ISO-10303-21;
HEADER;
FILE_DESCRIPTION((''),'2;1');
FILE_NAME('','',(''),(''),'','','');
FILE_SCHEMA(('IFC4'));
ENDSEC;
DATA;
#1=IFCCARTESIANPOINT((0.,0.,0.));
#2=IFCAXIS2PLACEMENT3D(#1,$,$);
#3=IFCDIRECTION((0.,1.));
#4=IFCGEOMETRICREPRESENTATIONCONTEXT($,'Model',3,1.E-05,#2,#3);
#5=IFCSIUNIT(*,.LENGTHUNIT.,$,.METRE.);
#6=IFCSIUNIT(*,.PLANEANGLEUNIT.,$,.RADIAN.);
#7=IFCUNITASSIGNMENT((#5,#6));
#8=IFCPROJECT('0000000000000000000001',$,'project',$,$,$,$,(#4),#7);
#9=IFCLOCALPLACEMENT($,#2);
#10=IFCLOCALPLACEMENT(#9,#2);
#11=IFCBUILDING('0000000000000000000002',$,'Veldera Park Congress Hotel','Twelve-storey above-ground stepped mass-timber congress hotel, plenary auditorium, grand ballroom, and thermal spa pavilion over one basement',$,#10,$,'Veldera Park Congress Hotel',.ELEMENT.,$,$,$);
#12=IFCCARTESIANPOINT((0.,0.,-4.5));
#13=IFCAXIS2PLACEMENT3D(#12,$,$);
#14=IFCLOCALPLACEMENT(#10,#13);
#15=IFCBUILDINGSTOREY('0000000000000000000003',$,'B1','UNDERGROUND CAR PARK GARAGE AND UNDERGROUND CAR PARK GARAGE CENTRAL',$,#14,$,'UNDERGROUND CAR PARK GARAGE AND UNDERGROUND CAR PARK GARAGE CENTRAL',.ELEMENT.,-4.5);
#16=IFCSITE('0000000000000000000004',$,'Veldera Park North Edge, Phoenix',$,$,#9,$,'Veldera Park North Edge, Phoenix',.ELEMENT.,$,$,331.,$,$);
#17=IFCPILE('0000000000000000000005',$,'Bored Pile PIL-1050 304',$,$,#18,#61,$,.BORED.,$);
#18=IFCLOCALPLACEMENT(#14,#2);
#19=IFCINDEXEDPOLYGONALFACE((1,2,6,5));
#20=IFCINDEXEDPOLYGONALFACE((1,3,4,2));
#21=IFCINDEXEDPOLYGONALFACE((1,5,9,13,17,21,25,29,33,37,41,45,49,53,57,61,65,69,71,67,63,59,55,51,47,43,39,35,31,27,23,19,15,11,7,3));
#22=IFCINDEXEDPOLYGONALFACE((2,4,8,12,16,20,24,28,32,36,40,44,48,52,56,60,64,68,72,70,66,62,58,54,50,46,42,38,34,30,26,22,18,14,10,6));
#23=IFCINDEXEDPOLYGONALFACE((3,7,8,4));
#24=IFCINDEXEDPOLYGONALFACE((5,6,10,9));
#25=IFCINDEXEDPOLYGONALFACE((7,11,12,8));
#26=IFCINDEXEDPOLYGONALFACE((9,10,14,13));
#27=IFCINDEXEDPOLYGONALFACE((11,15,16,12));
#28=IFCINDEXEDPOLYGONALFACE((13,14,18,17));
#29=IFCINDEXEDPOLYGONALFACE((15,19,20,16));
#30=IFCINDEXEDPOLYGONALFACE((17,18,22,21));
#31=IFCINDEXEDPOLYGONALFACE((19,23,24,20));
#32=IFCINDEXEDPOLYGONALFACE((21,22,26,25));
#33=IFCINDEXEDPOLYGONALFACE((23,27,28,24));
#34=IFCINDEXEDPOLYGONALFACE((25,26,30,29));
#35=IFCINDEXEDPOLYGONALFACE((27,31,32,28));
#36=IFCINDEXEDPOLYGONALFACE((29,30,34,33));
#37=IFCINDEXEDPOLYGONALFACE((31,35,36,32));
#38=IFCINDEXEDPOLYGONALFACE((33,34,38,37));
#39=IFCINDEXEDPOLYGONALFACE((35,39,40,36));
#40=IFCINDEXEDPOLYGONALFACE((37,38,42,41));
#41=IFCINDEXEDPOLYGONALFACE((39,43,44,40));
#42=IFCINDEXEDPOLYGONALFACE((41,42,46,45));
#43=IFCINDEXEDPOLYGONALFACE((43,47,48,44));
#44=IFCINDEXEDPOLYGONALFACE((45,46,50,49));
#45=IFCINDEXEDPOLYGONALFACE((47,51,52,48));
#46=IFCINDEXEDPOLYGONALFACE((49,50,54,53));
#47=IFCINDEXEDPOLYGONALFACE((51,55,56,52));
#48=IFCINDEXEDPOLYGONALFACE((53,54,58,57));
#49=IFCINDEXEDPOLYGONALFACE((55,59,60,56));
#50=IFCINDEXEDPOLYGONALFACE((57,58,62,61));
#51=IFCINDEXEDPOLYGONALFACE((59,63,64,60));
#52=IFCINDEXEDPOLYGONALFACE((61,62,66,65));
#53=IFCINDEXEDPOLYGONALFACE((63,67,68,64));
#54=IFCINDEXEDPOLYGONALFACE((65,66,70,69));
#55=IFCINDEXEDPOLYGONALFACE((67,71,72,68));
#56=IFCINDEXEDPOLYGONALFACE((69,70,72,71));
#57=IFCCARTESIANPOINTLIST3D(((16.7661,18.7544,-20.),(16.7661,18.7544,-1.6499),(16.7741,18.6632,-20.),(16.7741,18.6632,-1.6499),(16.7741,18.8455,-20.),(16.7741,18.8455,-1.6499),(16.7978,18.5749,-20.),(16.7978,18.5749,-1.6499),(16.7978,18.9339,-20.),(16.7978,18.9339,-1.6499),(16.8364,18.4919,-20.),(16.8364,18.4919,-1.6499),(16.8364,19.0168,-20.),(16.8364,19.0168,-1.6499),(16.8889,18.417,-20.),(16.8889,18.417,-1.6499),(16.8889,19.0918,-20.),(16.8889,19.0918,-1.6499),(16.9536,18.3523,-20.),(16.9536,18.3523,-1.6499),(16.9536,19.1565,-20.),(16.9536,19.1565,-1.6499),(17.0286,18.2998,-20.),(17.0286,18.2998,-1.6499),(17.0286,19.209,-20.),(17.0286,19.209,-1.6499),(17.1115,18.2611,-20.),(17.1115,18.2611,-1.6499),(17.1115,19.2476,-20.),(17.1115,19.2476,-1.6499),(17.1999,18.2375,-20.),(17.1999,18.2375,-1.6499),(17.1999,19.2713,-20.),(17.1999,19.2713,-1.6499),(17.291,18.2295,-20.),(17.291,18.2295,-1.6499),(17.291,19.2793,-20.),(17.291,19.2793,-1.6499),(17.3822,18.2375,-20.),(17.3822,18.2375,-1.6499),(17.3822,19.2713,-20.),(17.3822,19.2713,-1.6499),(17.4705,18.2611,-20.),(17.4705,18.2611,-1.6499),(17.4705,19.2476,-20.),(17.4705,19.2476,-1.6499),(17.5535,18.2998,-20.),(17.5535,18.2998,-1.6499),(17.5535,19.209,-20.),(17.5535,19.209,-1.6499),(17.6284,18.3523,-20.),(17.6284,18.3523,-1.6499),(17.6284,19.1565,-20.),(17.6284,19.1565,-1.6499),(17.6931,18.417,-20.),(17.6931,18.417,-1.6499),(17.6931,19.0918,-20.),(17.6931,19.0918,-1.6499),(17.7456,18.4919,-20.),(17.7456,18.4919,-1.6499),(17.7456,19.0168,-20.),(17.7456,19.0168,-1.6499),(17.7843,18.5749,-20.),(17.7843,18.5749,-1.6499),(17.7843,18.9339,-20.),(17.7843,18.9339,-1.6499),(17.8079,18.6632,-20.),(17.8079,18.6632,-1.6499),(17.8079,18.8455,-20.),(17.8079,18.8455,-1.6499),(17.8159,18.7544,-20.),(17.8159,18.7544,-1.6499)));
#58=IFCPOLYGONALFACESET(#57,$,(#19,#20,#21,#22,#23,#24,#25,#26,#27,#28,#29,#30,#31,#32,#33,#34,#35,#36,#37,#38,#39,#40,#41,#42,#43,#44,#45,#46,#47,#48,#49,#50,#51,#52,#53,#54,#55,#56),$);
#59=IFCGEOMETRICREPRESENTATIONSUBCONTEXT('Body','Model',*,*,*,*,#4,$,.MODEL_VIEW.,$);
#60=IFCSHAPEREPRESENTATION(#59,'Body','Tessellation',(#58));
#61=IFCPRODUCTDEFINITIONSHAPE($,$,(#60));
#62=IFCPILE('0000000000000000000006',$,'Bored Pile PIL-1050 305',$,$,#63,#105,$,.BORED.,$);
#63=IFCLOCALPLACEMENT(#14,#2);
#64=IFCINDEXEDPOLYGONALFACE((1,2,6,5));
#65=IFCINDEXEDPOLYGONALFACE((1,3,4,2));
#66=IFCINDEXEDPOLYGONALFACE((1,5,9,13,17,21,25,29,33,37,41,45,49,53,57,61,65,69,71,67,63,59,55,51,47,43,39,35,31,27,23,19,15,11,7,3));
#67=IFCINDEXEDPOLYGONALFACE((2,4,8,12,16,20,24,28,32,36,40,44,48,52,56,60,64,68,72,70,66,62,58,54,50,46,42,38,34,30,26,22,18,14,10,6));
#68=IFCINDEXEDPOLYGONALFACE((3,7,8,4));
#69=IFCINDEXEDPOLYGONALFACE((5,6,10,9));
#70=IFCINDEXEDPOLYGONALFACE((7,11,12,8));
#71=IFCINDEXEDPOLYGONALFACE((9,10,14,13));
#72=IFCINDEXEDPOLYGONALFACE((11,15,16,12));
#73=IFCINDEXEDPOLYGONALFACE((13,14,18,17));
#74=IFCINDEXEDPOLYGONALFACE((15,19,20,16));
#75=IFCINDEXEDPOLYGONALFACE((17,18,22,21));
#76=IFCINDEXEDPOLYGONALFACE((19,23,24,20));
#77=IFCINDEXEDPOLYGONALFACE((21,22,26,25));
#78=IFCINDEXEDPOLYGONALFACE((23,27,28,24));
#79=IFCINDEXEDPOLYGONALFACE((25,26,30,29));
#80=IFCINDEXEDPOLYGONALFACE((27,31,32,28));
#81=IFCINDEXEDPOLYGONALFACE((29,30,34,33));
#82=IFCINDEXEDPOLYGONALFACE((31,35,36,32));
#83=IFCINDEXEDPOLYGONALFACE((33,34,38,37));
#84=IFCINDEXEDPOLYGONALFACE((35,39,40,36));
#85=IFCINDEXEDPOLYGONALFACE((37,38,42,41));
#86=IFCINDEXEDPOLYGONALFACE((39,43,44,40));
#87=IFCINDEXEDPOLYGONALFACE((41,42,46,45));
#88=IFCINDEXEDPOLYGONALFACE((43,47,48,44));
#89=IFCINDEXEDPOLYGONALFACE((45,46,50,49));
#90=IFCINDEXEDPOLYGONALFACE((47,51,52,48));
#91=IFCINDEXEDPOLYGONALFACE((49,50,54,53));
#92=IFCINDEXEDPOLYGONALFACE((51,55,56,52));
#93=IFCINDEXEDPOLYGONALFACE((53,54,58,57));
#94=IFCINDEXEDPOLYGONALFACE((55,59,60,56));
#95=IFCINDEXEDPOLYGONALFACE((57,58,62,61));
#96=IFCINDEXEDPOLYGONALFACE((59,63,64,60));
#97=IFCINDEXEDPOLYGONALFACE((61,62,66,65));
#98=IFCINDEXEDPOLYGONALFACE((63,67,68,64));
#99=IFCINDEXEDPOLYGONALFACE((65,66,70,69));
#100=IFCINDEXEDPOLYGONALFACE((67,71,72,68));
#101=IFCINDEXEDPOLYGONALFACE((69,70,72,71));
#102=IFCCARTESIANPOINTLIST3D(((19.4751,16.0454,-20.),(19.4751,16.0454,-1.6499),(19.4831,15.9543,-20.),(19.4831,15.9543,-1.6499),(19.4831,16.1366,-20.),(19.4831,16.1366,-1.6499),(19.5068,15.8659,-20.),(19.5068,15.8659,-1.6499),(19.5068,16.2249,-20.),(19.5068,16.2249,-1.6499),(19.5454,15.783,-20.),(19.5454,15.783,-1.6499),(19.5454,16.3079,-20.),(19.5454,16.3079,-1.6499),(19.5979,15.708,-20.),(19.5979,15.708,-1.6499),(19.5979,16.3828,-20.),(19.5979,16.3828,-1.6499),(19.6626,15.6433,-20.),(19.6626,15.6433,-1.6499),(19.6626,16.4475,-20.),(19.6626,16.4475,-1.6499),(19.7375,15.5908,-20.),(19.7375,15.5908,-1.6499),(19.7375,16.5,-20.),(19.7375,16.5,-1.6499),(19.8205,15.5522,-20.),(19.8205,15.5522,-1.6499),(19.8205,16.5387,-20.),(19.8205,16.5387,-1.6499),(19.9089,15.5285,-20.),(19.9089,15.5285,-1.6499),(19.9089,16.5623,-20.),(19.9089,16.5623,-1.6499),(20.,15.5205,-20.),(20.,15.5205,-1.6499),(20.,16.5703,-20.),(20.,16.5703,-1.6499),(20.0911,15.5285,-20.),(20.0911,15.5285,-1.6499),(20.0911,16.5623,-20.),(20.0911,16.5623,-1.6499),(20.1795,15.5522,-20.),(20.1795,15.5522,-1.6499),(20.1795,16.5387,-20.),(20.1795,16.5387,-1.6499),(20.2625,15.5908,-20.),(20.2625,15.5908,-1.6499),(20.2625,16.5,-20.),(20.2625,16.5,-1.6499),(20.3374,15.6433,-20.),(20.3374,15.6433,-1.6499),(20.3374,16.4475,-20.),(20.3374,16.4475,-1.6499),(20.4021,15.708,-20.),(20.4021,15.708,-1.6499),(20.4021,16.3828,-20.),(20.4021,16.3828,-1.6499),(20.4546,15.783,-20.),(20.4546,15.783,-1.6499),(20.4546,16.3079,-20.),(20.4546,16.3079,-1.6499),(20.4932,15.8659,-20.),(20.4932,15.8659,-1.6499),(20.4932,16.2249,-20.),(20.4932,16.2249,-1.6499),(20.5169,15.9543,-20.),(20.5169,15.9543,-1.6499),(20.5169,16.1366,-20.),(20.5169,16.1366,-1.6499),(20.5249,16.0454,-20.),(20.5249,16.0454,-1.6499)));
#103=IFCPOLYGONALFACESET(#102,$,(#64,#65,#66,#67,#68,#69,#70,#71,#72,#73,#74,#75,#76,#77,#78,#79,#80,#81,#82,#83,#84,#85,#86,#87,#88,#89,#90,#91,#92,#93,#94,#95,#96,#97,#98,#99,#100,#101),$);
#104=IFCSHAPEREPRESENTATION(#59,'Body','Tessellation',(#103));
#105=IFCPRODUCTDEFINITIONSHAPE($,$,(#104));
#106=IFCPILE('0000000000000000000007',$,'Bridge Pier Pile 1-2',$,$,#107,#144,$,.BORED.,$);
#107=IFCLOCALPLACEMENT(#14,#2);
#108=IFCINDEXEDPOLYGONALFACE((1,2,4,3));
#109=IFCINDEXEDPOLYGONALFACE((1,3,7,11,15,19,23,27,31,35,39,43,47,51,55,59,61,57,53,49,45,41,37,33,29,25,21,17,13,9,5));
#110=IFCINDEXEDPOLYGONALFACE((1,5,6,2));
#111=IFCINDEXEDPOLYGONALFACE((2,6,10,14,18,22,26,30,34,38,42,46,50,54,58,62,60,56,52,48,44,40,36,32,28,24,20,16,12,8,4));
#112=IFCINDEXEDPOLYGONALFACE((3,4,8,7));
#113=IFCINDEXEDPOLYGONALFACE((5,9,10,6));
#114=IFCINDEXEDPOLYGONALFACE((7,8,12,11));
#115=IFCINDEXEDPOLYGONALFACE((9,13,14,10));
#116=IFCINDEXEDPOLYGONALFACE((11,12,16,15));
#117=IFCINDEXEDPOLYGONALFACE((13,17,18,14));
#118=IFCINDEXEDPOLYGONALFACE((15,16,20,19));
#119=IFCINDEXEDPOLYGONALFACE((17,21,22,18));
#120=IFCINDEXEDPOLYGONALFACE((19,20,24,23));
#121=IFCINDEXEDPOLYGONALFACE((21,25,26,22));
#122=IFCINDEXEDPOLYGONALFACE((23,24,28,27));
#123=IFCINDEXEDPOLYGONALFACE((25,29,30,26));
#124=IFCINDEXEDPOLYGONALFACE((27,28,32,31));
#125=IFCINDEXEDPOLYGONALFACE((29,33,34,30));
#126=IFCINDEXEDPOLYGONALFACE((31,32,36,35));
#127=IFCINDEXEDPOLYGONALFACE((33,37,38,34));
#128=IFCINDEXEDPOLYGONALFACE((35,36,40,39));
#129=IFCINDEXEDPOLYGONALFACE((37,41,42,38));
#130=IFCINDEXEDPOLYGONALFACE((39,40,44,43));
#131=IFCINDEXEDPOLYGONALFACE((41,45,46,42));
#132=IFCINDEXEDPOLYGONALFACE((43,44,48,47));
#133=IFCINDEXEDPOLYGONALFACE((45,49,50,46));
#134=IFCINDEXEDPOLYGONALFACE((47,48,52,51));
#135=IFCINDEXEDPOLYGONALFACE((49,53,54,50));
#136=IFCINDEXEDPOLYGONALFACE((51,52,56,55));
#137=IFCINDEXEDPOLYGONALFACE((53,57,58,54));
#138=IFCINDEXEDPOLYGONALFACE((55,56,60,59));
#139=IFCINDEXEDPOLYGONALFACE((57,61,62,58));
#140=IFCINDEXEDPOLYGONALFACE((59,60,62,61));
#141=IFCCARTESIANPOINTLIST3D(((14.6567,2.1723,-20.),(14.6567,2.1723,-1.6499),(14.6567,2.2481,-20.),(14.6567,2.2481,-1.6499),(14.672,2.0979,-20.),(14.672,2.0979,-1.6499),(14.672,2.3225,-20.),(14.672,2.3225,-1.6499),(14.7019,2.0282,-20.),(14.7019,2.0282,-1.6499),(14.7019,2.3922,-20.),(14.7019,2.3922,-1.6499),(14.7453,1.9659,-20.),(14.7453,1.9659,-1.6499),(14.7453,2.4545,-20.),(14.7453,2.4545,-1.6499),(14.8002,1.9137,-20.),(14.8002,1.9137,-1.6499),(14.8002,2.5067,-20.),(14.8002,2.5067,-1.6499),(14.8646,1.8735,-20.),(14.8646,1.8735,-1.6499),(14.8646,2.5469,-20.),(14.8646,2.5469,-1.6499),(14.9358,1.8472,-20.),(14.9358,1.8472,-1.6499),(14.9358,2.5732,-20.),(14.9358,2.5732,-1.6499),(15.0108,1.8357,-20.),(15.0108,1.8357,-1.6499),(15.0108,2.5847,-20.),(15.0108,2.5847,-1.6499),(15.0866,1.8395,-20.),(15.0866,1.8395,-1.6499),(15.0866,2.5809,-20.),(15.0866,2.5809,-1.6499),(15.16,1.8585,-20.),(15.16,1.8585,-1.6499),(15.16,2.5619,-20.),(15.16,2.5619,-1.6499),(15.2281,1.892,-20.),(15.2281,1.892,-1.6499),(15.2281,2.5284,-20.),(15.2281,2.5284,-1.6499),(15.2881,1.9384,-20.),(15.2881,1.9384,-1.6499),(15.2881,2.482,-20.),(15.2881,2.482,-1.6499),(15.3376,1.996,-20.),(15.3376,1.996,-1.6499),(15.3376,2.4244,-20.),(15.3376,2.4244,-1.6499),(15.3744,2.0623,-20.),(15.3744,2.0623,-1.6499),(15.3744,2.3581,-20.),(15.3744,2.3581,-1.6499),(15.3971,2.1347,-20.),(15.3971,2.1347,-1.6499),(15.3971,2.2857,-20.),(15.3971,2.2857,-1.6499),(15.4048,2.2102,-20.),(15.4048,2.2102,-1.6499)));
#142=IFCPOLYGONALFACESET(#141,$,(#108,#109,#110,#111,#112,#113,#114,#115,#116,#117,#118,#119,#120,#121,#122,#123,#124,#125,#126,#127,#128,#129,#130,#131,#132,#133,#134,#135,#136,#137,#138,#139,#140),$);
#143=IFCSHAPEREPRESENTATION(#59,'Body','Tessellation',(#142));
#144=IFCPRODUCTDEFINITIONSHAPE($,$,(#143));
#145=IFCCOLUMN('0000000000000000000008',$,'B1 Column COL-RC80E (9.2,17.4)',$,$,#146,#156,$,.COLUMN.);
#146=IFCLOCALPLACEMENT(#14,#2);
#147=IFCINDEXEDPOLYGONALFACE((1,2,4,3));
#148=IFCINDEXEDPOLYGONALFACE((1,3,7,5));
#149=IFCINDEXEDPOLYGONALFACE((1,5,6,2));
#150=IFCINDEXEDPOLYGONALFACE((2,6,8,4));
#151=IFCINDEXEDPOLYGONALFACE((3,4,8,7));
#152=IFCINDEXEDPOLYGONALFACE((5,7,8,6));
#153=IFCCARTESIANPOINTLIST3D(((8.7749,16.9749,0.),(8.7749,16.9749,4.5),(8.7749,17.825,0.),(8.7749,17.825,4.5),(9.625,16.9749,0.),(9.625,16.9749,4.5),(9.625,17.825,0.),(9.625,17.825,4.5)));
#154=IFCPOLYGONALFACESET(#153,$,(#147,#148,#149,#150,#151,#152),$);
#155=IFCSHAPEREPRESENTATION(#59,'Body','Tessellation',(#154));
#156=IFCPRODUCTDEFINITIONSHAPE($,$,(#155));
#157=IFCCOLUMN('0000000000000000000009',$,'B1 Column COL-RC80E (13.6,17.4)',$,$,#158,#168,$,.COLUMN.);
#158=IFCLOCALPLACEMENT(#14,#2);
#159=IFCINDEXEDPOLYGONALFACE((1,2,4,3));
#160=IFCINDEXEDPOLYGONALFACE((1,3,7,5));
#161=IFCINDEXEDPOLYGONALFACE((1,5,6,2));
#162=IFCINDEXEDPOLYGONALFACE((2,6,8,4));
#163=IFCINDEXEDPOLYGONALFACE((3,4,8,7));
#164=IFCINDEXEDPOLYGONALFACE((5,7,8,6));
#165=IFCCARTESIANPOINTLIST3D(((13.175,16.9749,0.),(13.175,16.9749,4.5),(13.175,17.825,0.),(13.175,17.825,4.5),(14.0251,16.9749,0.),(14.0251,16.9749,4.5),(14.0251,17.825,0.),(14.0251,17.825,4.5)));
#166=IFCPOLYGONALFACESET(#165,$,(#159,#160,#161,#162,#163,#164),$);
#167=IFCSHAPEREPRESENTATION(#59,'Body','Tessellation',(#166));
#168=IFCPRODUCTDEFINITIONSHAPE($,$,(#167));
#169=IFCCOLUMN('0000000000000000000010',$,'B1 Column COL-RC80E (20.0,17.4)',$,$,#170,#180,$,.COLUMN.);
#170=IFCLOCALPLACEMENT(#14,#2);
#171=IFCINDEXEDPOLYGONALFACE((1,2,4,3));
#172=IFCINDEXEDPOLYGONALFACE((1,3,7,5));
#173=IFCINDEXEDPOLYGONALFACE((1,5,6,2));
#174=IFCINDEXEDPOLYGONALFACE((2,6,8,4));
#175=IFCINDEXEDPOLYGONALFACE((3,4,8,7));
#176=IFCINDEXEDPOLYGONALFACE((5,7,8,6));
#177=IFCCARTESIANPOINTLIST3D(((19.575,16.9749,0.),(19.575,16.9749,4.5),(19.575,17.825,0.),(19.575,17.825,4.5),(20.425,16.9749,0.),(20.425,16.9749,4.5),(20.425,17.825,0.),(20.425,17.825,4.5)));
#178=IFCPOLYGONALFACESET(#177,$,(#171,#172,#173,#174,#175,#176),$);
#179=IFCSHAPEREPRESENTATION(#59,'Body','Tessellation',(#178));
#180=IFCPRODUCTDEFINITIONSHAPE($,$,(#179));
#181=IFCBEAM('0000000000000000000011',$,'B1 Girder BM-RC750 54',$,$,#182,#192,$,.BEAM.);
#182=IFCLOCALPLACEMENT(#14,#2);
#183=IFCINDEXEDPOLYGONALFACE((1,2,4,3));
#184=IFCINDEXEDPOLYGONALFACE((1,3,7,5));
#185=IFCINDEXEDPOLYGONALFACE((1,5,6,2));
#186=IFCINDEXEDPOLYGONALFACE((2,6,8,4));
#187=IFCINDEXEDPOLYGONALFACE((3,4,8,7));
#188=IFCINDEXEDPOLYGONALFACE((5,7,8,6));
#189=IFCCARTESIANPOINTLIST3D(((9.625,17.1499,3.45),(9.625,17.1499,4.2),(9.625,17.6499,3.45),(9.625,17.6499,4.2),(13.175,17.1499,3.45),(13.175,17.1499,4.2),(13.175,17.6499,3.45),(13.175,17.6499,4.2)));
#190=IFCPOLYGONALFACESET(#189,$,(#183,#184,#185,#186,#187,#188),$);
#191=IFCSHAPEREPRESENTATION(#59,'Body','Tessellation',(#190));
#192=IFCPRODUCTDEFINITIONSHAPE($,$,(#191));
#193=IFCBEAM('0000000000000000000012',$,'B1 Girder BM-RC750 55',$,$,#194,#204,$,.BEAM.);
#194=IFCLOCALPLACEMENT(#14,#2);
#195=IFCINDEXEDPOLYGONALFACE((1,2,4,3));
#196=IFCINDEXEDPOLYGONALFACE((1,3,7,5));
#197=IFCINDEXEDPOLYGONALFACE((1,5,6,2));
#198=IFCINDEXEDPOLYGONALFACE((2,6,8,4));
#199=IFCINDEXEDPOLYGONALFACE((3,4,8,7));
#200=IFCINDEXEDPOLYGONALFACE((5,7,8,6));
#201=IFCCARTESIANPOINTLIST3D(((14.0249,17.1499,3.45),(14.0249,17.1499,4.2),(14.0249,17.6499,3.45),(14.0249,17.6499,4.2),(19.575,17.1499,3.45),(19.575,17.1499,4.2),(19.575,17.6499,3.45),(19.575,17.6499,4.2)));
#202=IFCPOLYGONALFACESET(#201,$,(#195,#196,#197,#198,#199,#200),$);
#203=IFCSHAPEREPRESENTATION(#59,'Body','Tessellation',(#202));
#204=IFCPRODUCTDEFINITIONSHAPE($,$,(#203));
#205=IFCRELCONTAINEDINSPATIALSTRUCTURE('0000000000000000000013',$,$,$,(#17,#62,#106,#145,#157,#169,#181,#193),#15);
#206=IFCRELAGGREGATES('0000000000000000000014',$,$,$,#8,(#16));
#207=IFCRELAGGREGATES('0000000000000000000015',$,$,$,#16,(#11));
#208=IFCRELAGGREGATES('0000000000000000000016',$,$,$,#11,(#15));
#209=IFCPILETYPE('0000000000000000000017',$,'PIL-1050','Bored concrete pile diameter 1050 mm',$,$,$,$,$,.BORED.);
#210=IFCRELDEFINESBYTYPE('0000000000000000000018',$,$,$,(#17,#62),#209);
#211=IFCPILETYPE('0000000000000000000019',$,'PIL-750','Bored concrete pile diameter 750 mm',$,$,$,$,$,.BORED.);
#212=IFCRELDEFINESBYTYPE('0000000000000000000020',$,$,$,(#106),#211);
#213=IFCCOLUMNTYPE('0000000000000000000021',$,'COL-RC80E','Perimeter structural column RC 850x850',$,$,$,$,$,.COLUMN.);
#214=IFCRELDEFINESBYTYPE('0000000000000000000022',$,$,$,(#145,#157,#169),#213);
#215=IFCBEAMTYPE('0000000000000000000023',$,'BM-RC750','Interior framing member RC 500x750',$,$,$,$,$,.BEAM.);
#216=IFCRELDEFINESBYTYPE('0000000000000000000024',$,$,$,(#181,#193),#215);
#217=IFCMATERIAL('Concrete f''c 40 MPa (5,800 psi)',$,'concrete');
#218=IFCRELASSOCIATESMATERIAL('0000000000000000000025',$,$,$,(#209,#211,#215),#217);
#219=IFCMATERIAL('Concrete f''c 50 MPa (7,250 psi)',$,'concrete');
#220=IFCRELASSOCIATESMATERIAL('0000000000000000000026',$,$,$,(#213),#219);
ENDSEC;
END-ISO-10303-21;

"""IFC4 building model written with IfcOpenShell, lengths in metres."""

from ifc_helpers import new_model, si_unit, direction, frame, origin, origin_2d, place, context, subcontext, project, spatial, rectangle, circle, extrude, material, material_profile, profile_set, type_object, element, save


model = new_model("IFC4")

# Units and contexts
model_context = context("Model", 3, precision=1e-05, world=origin(), true_north=direction((0.0, 1.0)))
body_context = subcontext(model_context, "Body", "Model", "MODEL_VIEW")
ifc_project = project(units=[si_unit("LENGTHUNIT", "METRE"), si_unit("PLANEANGLEUNIT", "RADIAN")], contexts=[model_context])

# Site, building, storey
site_placement = place(None, origin())
site = spatial("IfcSite", under=ifc_project, at=site_placement, Name="Veldera Park North Edge, Phoenix", LongName="Veldera Park North Edge, Phoenix", CompositionType="ELEMENT", RefElevation=331.0)
building_placement = place(site_placement, origin())
building = spatial("IfcBuilding", under=site, at=building_placement, Name="Veldera Park Congress Hotel", Description="Twelve-storey above-ground stepped mass-timber congress hotel, plenary auditorium, grand ballroom, and thermal spa pavilion over one basement", LongName="Veldera Park Congress Hotel", CompositionType="ELEMENT")
storey_placement = place(building_placement, frame((0.0, 0.0, -4.5)))
storey = spatial("IfcBuildingStorey", under=building, at=storey_placement, Name="B1", Description="UNDERGROUND CAR PARK GARAGE AND UNDERGROUND CAR PARK GARAGE CENTRAL", LongName="UNDERGROUND CAR PARK GARAGE AND UNDERGROUND CAR PARK GARAGE CENTRAL", CompositionType="ELEMENT", Elevation=-4.5)

# Shared definitions
ifc_material_1 = material(Name="Concrete f'c 40 MPa (5,800 psi)", Category="concrete")

# Piles
ifc_material_profile_1 = material_profile(ifc_material_1, circle(Radius=0.5249, at=origin_2d()), Name="PILE D1050")
ifc_profile_set_1 = profile_set([ifc_material_profile_1], Name="Concrete f'c 40 MPa (5,800 psi)")
pile_type_1 = type_object("IfcPileType", Name="PIL-1050", Description="Bored concrete pile diameter 1050 mm", PredefinedType="BORED", material=ifc_profile_set_1)
for number, where, z_axis, x_axis, name in (
    (1, (17.291, 18.7544, -1.6499), (0.0, 0.0, -1.0), (1.0, 0.0, 0.0), "Bored Pile PIL-1050 304"),
    (2, (20.0, 16.0454, -1.6499), (0.0, 0.0, -1.0), (1.0, 0.0, 0.0), "Bored Pile PIL-1050 305"),
):
    element("IfcPile", number, at=place(storey_placement, frame(where, z_axis=z_axis, x_axis=x_axis)), inside=storey, type_object=pile_type_1, Name=name, PredefinedType="BORED", context=body_context, shape_type="SweptSolid", body=[
        extrude(circle(Radius=0.5249, at=origin_2d()), origin(), (0.0, 0.0, 1.0), 18.3501),
    ])
ifc_material_profile_2 = material_profile(ifc_material_1, circle(Radius=0.375, at=origin_2d()), Name="PILE D750")
ifc_profile_set_2 = profile_set([ifc_material_profile_2], Name="Concrete f'c 40 MPa (5,800 psi)")
pile_type_2 = type_object("IfcPileType", Name="PIL-750", Description="Bored concrete pile diameter 750 mm", PredefinedType="BORED", material=ifc_profile_set_2)
pile_placement = place(storey_placement, frame((15.0298, 2.2102, -1.6499), z_axis=(0.0, 0.0, -1.0), x_axis=(1.0, 0.0, 0.0)))
element("IfcPile", 3, at=pile_placement, inside=storey, type_object=pile_type_2, Name="Bridge Pier Pile 1-2", PredefinedType="BORED", context=body_context, shape_type="SweptSolid", body=[
    extrude(circle(Radius=0.375, at=origin_2d()), origin(), (0.0, 0.0, 1.0), 18.3501),
])

# Columns
ifc_material_2 = material(Name="Concrete f'c 50 MPa (7,250 psi)", Category="concrete")
ifc_material_profile_3 = material_profile(ifc_material_2, rectangle(XDim=0.8501, YDim=0.8501, at=origin_2d()), Name="RC 850x850")
ifc_profile_set_3 = profile_set([ifc_material_profile_3], Name="Concrete f'c 50 MPa (7,250 psi)")
column_type = type_object("IfcColumnType", Name="COL-RC80E", Description="Perimeter structural column RC 850x850", PredefinedType="COLUMN", material=ifc_profile_set_3)
for number, where, z_axis, x_axis, name in (
    (4, (9.2, 17.3999, 0.0), (0.0, 0.0, 1.0), (1.0, 0.0, 0.0), "B1 Column COL-RC80E (9.2,17.4)"),
    (5, (13.6001, 17.3999, 0.0), (0.0, 0.0, 1.0), (1.0, 0.0, 0.0), "B1 Column COL-RC80E (13.6,17.4)"),
    (6, (20.0, 17.3999, 0.0), (0.0, 0.0, 1.0), (1.0, 0.0, 0.0), "B1 Column COL-RC80E (20.0,17.4)"),
):
    element("IfcColumn", number, at=place(storey_placement, frame(where, z_axis=z_axis, x_axis=x_axis)), inside=storey, type_object=column_type, Name=name, PredefinedType="COLUMN", context=body_context, shape_type="SweptSolid", body=[
        extrude(rectangle(XDim=0.8501, YDim=0.8501, at=origin_2d()), origin(), (0.0, 0.0, 1.0), 4.5),
    ])

# Beams
ifc_material_profile_4 = material_profile(ifc_material_1, rectangle(XDim=0.5, YDim=0.75, at=origin_2d()), Name="RC 500x750")
ifc_profile_set_4 = profile_set([ifc_material_profile_4], Name="Concrete f'c 40 MPa (5,800 psi)")
beam_type = type_object("IfcBeamType", Name="BM-RC750", Description="Interior framing member RC 500x750", PredefinedType="BEAM", material=ifc_profile_set_4)
beam_1_placement = place(storey_placement, frame((9.625, 17.3999, 3.825), z_axis=(1.0, 0.0, 0.0), x_axis=(0.0, 1.0, 0.0)))
element("IfcBeam", 7, at=beam_1_placement, inside=storey, type_object=beam_type, Name="B1 Girder BM-RC750 54", PredefinedType="BEAM", context=body_context, shape_type="SweptSolid", body=[
    extrude(rectangle(XDim=0.5, YDim=0.75, at=origin_2d()), origin(), (0.0, 0.0, 1.0), 3.55),
])
beam_2_placement = place(storey_placement, frame((14.0249, 17.3999, 3.825), z_axis=(1.0, 0.0, 0.0), x_axis=(0.0, 1.0, 0.0)))
element("IfcBeam", 8, at=beam_2_placement, inside=storey, type_object=beam_type, Name="B1 Girder BM-RC750 55", PredefinedType="BEAM", context=body_context, shape_type="SweptSolid", body=[
    extrude(rectangle(XDim=0.5, YDim=0.75, at=origin_2d()), origin(), (0.0, 0.0, 1.0), 5.55),
])

save(model, "model.ifc")
